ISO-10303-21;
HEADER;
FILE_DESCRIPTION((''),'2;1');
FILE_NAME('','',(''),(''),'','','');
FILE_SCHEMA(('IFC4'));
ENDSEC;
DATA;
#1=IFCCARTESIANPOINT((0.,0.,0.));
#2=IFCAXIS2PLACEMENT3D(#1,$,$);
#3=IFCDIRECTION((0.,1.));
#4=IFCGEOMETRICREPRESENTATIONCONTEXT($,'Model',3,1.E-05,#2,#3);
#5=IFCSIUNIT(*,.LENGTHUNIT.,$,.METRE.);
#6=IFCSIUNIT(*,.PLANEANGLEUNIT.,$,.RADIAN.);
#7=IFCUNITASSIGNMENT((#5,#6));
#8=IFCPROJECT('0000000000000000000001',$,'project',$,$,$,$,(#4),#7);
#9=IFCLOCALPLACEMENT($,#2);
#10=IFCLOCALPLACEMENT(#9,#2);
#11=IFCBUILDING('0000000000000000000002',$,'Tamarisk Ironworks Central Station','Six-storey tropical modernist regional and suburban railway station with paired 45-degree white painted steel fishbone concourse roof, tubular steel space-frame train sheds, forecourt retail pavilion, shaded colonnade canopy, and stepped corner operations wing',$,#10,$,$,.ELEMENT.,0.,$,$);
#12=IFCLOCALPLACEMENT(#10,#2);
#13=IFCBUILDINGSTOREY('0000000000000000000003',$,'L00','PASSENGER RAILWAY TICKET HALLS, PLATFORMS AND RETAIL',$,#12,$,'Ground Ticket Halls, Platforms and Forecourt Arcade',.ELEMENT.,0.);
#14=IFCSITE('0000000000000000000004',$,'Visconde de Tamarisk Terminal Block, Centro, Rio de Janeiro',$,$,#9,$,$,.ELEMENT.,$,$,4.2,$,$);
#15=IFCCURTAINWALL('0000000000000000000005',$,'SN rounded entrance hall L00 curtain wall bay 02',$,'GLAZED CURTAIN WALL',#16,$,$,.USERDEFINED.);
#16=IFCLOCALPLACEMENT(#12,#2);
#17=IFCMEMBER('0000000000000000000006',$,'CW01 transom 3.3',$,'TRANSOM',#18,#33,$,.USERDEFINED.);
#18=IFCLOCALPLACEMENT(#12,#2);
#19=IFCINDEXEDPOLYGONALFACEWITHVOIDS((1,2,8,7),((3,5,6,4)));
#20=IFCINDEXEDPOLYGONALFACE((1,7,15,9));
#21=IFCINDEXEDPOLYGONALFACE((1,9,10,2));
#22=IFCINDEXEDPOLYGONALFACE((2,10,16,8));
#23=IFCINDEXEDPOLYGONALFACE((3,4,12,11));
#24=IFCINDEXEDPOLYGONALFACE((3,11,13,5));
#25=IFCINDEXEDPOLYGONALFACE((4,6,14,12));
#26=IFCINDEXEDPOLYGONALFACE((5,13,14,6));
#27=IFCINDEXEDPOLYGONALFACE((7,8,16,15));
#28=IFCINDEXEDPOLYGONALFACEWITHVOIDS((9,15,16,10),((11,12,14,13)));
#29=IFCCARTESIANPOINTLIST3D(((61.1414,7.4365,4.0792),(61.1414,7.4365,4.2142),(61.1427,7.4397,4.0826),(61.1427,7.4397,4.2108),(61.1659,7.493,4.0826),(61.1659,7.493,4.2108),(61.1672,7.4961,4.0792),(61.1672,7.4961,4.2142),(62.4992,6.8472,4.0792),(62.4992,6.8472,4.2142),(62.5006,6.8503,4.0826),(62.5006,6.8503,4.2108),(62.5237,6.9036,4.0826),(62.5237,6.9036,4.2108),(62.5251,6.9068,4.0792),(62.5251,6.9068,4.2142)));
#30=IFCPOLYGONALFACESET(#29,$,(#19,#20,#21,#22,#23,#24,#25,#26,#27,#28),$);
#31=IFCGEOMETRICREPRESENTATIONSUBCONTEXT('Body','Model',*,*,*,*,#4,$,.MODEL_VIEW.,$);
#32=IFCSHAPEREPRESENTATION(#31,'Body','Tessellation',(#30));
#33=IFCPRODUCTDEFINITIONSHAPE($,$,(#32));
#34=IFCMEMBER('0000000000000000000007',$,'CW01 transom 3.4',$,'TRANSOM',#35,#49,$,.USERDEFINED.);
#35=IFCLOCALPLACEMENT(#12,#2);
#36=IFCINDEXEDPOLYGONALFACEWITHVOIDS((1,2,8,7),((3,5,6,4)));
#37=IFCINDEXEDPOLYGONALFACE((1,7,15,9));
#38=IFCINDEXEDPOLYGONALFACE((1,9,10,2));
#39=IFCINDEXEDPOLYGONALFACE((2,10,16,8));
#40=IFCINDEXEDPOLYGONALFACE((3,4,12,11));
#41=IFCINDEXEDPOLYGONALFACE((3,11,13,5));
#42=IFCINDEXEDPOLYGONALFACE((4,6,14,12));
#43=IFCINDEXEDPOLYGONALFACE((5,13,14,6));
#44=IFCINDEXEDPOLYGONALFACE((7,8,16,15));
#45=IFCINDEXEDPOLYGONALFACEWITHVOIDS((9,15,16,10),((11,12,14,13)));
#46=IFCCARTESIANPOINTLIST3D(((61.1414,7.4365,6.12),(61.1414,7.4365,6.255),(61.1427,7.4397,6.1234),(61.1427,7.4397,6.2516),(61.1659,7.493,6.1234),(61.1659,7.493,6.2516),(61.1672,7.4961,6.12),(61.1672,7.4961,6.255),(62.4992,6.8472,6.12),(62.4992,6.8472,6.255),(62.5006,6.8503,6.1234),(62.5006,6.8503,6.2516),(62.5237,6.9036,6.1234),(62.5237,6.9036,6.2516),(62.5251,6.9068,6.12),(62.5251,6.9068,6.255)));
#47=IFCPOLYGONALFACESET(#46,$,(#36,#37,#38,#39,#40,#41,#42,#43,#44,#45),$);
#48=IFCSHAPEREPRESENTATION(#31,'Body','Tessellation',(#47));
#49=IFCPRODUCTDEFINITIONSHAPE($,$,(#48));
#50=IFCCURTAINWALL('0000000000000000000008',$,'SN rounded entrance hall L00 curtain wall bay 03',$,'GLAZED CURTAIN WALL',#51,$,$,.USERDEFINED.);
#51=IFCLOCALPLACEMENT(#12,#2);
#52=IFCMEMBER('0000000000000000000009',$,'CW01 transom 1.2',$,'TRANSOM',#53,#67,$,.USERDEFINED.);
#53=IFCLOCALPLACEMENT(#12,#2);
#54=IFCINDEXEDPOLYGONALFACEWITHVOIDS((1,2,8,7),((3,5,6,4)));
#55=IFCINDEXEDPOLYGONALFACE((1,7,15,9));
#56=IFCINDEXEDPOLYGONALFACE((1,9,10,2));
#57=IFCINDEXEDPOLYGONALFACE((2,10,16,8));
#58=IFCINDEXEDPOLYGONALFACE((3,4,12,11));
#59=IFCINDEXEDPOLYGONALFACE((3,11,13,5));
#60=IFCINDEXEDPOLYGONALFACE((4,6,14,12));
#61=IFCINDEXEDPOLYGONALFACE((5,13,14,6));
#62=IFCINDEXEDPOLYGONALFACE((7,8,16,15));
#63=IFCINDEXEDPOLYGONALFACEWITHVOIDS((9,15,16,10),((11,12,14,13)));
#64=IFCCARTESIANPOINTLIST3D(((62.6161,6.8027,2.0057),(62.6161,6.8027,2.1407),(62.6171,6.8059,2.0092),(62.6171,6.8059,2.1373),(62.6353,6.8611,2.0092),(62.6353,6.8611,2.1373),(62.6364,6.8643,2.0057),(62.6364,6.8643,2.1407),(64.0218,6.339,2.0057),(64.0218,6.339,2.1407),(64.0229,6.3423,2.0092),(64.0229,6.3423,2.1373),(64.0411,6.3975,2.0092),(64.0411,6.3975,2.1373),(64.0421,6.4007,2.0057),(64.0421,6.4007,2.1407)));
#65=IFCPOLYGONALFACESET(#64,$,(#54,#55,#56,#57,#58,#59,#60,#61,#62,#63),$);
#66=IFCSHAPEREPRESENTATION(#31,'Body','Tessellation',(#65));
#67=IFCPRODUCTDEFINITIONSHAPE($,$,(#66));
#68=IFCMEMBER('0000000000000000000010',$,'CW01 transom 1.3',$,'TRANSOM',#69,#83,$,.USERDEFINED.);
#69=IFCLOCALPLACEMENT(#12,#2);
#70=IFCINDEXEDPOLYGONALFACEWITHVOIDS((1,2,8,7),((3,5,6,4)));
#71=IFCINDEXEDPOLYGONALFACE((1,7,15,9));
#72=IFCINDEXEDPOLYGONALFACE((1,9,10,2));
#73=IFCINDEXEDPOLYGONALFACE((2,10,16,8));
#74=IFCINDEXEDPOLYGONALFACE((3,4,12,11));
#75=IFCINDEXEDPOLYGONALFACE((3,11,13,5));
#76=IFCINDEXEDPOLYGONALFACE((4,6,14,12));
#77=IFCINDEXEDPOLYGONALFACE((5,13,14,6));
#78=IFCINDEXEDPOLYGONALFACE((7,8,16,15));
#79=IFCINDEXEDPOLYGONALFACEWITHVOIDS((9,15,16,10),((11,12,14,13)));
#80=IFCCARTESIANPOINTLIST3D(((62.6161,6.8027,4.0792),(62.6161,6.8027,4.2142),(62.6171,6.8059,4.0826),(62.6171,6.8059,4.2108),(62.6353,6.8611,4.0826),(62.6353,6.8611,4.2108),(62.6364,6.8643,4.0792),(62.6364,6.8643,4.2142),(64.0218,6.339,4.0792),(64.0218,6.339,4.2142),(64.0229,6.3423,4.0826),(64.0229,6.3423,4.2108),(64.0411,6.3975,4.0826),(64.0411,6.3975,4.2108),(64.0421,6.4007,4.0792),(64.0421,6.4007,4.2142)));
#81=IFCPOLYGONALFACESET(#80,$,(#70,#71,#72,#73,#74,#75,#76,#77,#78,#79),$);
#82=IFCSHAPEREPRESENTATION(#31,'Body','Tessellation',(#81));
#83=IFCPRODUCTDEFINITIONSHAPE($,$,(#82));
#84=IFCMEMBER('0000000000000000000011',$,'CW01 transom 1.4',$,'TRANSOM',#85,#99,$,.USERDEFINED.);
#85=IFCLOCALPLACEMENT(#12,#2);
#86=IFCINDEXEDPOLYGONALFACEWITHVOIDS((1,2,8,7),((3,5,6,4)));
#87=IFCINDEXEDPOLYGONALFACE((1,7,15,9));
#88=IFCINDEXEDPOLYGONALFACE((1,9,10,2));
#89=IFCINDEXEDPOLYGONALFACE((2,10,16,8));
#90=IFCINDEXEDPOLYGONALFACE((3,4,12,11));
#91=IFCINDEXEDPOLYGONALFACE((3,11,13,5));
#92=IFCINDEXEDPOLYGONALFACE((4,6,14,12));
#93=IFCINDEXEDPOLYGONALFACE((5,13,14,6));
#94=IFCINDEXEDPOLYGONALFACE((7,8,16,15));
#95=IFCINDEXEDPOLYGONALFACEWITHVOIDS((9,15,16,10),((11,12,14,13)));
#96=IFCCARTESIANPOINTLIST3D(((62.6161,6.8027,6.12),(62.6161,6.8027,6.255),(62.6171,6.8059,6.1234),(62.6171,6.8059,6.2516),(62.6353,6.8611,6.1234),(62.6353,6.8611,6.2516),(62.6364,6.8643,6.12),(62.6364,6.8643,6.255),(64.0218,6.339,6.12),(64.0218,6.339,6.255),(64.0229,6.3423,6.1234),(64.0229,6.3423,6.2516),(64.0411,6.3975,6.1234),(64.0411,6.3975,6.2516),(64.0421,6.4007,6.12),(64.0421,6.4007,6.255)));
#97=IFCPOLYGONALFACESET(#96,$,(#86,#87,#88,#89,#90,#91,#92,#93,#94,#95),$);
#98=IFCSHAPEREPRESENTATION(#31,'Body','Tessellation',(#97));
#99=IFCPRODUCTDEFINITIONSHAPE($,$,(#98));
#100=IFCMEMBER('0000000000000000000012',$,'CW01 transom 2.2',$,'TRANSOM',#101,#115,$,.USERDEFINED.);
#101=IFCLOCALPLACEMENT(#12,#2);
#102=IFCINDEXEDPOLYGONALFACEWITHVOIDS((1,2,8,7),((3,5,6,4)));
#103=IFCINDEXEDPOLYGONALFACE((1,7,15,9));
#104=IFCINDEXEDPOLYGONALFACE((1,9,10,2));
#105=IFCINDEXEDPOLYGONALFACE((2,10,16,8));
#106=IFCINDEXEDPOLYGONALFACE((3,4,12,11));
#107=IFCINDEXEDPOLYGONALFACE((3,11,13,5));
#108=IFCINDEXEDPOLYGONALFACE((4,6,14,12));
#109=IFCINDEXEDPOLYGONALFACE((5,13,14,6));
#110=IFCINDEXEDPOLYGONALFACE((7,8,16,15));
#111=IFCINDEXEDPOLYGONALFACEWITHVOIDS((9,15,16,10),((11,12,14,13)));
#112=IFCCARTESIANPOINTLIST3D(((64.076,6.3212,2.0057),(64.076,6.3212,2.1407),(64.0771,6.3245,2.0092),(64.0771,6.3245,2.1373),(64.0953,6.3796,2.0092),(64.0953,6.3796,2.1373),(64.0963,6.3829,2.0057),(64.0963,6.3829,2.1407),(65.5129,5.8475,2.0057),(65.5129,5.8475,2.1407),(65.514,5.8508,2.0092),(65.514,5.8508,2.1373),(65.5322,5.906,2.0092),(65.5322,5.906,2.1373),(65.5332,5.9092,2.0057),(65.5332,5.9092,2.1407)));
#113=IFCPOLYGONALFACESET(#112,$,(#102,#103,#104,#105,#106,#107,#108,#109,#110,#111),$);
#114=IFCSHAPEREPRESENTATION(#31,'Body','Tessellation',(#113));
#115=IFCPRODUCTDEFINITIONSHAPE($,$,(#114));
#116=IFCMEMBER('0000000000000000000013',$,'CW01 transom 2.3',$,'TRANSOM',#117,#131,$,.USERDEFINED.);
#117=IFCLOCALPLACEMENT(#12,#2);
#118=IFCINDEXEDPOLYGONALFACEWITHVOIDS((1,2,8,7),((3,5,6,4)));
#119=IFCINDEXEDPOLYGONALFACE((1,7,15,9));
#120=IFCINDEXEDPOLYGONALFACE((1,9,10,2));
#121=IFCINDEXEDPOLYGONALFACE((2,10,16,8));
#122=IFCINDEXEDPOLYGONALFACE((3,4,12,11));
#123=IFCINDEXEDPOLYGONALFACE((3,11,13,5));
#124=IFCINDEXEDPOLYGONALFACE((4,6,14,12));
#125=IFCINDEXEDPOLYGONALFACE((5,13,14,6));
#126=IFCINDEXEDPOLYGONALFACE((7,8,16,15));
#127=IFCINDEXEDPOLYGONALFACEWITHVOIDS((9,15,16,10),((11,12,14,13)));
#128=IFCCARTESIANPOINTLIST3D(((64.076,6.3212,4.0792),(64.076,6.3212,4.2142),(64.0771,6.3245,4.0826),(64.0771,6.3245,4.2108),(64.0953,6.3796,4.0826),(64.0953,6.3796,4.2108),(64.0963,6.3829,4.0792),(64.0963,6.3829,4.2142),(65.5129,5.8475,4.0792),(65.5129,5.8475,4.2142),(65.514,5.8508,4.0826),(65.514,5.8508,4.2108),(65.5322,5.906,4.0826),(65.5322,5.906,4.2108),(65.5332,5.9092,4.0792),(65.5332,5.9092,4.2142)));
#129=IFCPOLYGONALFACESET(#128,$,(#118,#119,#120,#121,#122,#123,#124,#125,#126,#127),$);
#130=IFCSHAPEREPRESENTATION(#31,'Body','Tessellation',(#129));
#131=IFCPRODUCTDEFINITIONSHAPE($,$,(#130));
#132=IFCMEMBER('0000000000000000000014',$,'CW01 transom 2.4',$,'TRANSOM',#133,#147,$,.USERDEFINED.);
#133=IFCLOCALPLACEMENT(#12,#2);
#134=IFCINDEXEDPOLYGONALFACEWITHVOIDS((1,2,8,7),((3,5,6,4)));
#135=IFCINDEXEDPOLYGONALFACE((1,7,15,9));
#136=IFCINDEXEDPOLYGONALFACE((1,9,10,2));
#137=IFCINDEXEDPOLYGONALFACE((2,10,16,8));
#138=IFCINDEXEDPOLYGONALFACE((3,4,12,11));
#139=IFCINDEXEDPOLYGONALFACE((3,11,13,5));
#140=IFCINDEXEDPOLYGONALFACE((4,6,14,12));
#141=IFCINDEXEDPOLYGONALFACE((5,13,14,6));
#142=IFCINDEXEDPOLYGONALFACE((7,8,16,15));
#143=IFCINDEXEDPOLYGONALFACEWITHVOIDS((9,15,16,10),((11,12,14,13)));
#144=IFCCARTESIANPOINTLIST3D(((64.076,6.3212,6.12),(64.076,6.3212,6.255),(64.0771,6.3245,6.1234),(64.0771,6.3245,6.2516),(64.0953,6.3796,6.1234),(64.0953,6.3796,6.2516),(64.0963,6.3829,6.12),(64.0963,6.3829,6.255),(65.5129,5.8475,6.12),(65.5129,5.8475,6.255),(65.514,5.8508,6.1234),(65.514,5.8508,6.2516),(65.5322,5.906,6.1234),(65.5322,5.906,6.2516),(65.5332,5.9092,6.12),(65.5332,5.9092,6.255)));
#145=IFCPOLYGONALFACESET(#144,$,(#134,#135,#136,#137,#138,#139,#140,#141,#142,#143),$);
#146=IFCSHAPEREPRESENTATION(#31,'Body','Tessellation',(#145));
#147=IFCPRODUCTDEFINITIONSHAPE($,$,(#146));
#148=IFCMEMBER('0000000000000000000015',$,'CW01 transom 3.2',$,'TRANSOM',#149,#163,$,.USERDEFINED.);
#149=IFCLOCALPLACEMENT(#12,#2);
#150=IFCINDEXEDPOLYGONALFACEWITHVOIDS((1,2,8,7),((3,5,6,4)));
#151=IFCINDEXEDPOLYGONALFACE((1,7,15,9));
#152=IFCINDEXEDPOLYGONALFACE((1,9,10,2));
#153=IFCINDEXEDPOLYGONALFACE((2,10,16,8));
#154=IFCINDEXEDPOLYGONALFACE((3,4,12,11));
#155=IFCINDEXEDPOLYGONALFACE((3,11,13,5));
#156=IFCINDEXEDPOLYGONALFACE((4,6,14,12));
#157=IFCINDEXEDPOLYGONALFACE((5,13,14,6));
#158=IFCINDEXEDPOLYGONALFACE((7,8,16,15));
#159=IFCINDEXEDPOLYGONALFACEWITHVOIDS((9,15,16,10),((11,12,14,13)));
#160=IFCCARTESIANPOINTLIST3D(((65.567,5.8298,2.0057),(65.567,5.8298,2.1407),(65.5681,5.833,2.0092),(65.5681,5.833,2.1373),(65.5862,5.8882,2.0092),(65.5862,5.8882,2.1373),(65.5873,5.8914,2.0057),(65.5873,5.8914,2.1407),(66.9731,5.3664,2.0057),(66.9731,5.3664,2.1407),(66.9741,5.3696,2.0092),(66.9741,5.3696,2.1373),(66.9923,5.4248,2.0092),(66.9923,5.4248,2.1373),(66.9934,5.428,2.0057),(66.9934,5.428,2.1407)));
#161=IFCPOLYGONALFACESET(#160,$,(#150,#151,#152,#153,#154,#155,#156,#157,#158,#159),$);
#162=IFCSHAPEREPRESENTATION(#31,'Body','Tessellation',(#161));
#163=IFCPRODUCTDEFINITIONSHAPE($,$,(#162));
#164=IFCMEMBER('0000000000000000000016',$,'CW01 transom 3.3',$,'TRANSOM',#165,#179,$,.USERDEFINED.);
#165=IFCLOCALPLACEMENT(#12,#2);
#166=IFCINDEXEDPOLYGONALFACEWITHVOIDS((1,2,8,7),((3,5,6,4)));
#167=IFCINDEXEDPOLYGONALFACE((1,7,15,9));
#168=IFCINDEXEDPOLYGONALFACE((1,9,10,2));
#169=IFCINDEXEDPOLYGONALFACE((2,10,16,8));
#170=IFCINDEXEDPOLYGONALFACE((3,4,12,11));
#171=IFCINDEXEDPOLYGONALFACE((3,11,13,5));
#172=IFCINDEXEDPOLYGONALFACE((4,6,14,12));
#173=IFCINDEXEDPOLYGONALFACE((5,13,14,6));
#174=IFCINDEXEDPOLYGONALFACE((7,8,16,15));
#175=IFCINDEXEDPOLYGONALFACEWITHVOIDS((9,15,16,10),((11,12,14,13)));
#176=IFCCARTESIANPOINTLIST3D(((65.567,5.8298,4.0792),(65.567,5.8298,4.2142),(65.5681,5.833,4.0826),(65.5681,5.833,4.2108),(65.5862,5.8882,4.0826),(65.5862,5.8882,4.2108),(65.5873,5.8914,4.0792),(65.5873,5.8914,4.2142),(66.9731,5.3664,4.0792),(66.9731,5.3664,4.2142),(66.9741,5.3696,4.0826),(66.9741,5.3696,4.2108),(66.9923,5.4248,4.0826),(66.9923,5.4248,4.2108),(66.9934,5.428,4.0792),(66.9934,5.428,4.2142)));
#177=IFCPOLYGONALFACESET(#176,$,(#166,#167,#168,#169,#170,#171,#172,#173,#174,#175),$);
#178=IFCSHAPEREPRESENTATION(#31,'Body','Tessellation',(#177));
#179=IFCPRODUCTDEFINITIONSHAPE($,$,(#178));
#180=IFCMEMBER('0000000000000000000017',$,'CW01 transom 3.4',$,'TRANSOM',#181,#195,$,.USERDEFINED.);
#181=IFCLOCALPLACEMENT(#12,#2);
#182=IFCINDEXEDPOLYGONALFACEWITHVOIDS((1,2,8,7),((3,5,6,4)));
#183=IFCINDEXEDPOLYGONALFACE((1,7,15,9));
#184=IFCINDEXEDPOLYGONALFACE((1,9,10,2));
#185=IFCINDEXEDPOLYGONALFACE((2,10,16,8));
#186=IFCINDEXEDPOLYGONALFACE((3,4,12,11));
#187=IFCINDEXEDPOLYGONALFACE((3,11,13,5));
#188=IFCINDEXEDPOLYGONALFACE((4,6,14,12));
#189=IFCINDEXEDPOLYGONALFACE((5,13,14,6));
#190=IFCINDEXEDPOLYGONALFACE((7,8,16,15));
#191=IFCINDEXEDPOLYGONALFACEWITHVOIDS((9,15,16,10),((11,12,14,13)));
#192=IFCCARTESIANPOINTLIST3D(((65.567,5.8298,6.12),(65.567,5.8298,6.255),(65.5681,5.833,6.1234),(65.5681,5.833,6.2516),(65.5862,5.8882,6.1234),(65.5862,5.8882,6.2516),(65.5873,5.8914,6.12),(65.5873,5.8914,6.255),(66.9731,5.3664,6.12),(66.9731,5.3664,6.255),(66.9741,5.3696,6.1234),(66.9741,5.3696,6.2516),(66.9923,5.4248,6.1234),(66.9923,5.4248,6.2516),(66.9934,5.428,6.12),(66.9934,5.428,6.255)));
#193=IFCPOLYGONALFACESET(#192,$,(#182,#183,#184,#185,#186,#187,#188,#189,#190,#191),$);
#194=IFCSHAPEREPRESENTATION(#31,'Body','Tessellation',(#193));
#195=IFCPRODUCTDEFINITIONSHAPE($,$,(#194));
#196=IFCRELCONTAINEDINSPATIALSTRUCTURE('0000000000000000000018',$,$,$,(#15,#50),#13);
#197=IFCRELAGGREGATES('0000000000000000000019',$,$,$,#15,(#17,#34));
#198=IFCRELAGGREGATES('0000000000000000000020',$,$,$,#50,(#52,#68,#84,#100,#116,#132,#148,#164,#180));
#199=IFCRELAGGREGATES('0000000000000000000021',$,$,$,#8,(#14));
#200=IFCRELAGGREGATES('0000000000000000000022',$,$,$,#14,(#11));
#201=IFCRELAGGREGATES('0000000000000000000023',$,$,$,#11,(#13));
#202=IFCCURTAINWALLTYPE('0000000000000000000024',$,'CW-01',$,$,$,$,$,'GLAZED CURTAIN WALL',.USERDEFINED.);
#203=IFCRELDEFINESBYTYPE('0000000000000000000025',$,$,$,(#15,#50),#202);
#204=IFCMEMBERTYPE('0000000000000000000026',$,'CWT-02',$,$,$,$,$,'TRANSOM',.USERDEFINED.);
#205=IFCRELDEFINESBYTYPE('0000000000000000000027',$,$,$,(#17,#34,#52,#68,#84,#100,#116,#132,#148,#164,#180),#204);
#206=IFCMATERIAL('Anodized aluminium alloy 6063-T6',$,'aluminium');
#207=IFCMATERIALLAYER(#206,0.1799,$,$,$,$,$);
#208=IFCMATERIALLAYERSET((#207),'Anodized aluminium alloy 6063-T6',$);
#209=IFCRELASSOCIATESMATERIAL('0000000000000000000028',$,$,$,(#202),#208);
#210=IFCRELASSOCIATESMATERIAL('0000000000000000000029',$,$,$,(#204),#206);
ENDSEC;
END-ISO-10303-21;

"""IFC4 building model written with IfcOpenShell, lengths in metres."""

from ifc_helpers import new_model, si_unit, direction, frame, origin, origin_2d, place, context, subcontext, project, spatial, hollow_rectangle, extrude, material, layer, layer_set, material_profile, profile_set, type_object, element, aggregate, save


model = new_model("IFC4")

# Units and contexts
model_context = context("Model", 3, precision=1e-05, world=origin(), true_north=direction((0.0, 1.0)))
body_context = subcontext(model_context, "Body", "Model", "MODEL_VIEW")
ifc_project = project(units=[si_unit("LENGTHUNIT", "METRE"), si_unit("PLANEANGLEUNIT", "RADIAN")], contexts=[model_context])

# Site, building, storey
site_placement = place(None, origin())
site = spatial("IfcSite", under=ifc_project, at=site_placement, Name="Visconde de Tamarisk Terminal Block, Centro, Rio de Janeiro", CompositionType="ELEMENT", RefElevation=4.2)
building_placement = place(site_placement, origin())
building = spatial("IfcBuilding", under=site, at=building_placement, Name="Tamarisk Ironworks Central Station", Description="Six-storey tropical modernist regional and suburban railway station with paired 45-degree white painted steel fishbone concourse roof, tubular steel space-frame train sheds, forecourt retail pavilion, shaded colonnade canopy, and stepped corner operations wing", CompositionType="ELEMENT", ElevationOfRefHeight=0.0)
storey_placement = place(building_placement, origin())
storey = spatial("IfcBuildingStorey", under=building, at=storey_placement, Name="L00", Description="PASSENGER RAILWAY TICKET HALLS, PLATFORMS AND RETAIL", LongName="Ground Ticket Halls, Platforms and Forecourt Arcade", CompositionType="ELEMENT", Elevation=0.0)

# Curtain walls, members
ifc_material_1 = material(Name="Anodized aluminium alloy 6063-T6", Category="aluminium")
ifc_layer_1 = layer(ifc_material_1, 0.1799)
ifc_layer_set_1 = layer_set([ifc_layer_1], Name="Anodized aluminium alloy 6063-T6")
curtain_wall_type = type_object("IfcCurtainWallType", Name="CW-01", ElementType="GLAZED CURTAIN WALL", PredefinedType="USERDEFINED", material=ifc_layer_set_1)
curtain_wall_1_placement = place(storey_placement, origin())
curtain_wall_1 = element("IfcCurtainWall", 1, at=curtain_wall_1_placement, inside=storey, type_object=curtain_wall_type, Name="SN rounded entrance hall L00 curtain wall bay 02", ObjectType="GLAZED CURTAIN WALL", PredefinedType="USERDEFINED")
ifc_material_profile = material_profile(ifc_material_1, hollow_rectangle(XDim=0.0649, YDim=0.135, WallThickness=0.0034, at=origin_2d()), Name="ALUM 135x65")
ifc_profile_set = profile_set([ifc_material_profile], Name="Anodized aluminium alloy 6063-T6")
member_type = type_object("IfcMemberType", Name="CWT-02", ElementType="TRANSOM", PredefinedType="USERDEFINED", material=ifc_profile_set)
member_1_placement = place(storey_placement, frame((61.1543, 7.4663, 4.1467), z_axis=(0.917327, -0.398135, 0.0), x_axis=(0.398135, 0.917327, 0.0)))
member_1 = element("IfcMember", 2, at=member_1_placement, type_object=member_type, Name="CW01 transom 3.3", ObjectType="TRANSOM", PredefinedType="USERDEFINED", context=body_context, shape_type="SweptSolid", body=[
    extrude(hollow_rectangle(XDim=0.0649, YDim=0.135, WallThickness=0.0034, at=origin_2d()), origin(), (0.0, 0.0, 1.0), 1.4802),
])
member_2_placement = place(storey_placement, frame((61.1543, 7.4663, 6.1875), z_axis=(0.917327, -0.398135, 0.0), x_axis=(0.398135, 0.917327, 0.0)))
member_2 = element("IfcMember", 3, at=member_2_placement, type_object=member_type, Name="CW01 transom 3.4", ObjectType="TRANSOM", PredefinedType="USERDEFINED", context=body_context, shape_type="SweptSolid", body=[
    extrude(hollow_rectangle(XDim=0.0649, YDim=0.135, WallThickness=0.0034, at=origin_2d()), origin(), (0.0, 0.0, 1.0), 1.4802),
])
curtain_wall_2_placement = place(storey_placement, origin())
curtain_wall_2 = element("IfcCurtainWall", 4, at=curtain_wall_2_placement, inside=storey, type_object=curtain_wall_type, Name="SN rounded entrance hall L00 curtain wall bay 03", ObjectType="GLAZED CURTAIN WALL", PredefinedType="USERDEFINED")
member_3_placement = place(storey_placement, frame((62.6262, 6.8335, 2.0732), z_axis=(0.949685, -0.313208, 0.0), x_axis=(0.313208, 0.949685, 0.0)))
member_3 = element("IfcMember", 5, at=member_3_placement, type_object=member_type, Name="CW01 transom 1.2", ObjectType="TRANSOM", PredefinedType="USERDEFINED", context=body_context, shape_type="SweptSolid", body=[
    extrude(hollow_rectangle(XDim=0.0649, YDim=0.135, WallThickness=0.0034, at=origin_2d()), origin(), (0.0, 0.0, 1.0), 1.4802),
])
member_4_placement = place(storey_placement, frame((62.6262, 6.8335, 4.1467), z_axis=(0.949685, -0.313208, 0.0), x_axis=(0.313208, 0.949685, 0.0)))
member_4 = element("IfcMember", 6, at=member_4_placement, type_object=member_type, Name="CW01 transom 1.3", ObjectType="TRANSOM", PredefinedType="USERDEFINED", context=body_context, shape_type="SweptSolid", body=[
    extrude(hollow_rectangle(XDim=0.0649, YDim=0.135, WallThickness=0.0034, at=origin_2d()), origin(), (0.0, 0.0, 1.0), 1.4802),
])
member_5_placement = place(storey_placement, frame((62.6262, 6.8335, 6.1875), z_axis=(0.949685, -0.313208, 0.0), x_axis=(0.313208, 0.949685, 0.0)))
member_5 = element("IfcMember", 7, at=member_5_placement, type_object=member_type, Name="CW01 transom 1.4", ObjectType="TRANSOM", PredefinedType="USERDEFINED", context=body_context, shape_type="SweptSolid", body=[
    extrude(hollow_rectangle(XDim=0.0649, YDim=0.135, WallThickness=0.0034, at=origin_2d()), origin(), (0.0, 0.0, 1.0), 1.4802),
])
member_6_placement = place(storey_placement, frame((64.0862, 6.3521, 2.0732), z_axis=(0.949727, -0.313079, 0.0), x_axis=(0.313079, 0.949727, 0.0)))
member_6 = element("IfcMember", 8, at=member_6_placement, type_object=member_type, Name="CW01 transom 2.2", ObjectType="TRANSOM", PredefinedType="USERDEFINED", context=body_context, shape_type="SweptSolid", body=[
    extrude(hollow_rectangle(XDim=0.0649, YDim=0.135, WallThickness=0.0034, at=origin_2d()), origin(), (0.0, 0.0, 1.0), 1.5129),
])
member_7_placement = place(storey_placement, frame((64.0862, 6.3521, 4.1467), z_axis=(0.949727, -0.313079, 0.0), x_axis=(0.313079, 0.949727, 0.0)))
member_7 = element("IfcMember", 9, at=member_7_placement, type_object=member_type, Name="CW01 transom 2.3", ObjectType="TRANSOM", PredefinedType="USERDEFINED", context=body_context, shape_type="SweptSolid", body=[
    extrude(hollow_rectangle(XDim=0.0649, YDim=0.135, WallThickness=0.0034, at=origin_2d()), origin(), (0.0, 0.0, 1.0), 1.5129),
])
member_8_placement = place(storey_placement, frame((64.0862, 6.3521, 6.1875), z_axis=(0.949727, -0.313079, 0.0), x_axis=(0.313079, 0.949727, 0.0)))
member_8 = element("IfcMember", 10, at=member_8_placement, type_object=member_type, Name="CW01 transom 2.4", ObjectType="TRANSOM", PredefinedType="USERDEFINED", context=body_context, shape_type="SweptSolid", body=[
    extrude(hollow_rectangle(XDim=0.0649, YDim=0.135, WallThickness=0.0034, at=origin_2d()), origin(), (0.0, 0.0, 1.0), 1.5129),
])
member_9_placement = place(storey_placement, frame((65.5771, 5.8606, 2.0732), z_axis=(0.94975, -0.31301, 0.0), x_axis=(0.31301, 0.94975, 0.0)))
member_9 = element("IfcMember", 11, at=member_9_placement, type_object=member_type, Name="CW01 transom 3.2", ObjectType="TRANSOM", PredefinedType="USERDEFINED", context=body_context, shape_type="SweptSolid", body=[
    extrude(hollow_rectangle(XDim=0.0649, YDim=0.135, WallThickness=0.0034, at=origin_2d()), origin(), (0.0, 0.0, 1.0), 1.4805),
])
member_10_placement = place(storey_placement, frame((65.5771, 5.8606, 4.1467), z_axis=(0.94975, -0.31301, 0.0), x_axis=(0.31301, 0.94975, 0.0)))
member_10 = element("IfcMember", 12, at=member_10_placement, type_object=member_type, Name="CW01 transom 3.3", ObjectType="TRANSOM", PredefinedType="USERDEFINED", context=body_context, shape_type="SweptSolid", body=[
    extrude(hollow_rectangle(XDim=0.0649, YDim=0.135, WallThickness=0.0034, at=origin_2d()), origin(), (0.0, 0.0, 1.0), 1.4805),
])
member_11_placement = place(storey_placement, frame((65.5771, 5.8606, 6.1875), z_axis=(0.94975, -0.31301, 0.0), x_axis=(0.31301, 0.94975, 0.0)))
member_11 = element("IfcMember", 13, at=member_11_placement, type_object=member_type, Name="CW01 transom 3.4", ObjectType="TRANSOM", PredefinedType="USERDEFINED", context=body_context, shape_type="SweptSolid", body=[
    extrude(hollow_rectangle(XDim=0.0649, YDim=0.135, WallThickness=0.0034, at=origin_2d()), origin(), (0.0, 0.0, 1.0), 1.4805),
])

aggregate(curtain_wall_1, [member_1, member_2])
aggregate(curtain_wall_2, [member_3, member_4, member_5, member_6, member_7, member_8, member_9, member_10, member_11])

save(model, "model.ifc")
